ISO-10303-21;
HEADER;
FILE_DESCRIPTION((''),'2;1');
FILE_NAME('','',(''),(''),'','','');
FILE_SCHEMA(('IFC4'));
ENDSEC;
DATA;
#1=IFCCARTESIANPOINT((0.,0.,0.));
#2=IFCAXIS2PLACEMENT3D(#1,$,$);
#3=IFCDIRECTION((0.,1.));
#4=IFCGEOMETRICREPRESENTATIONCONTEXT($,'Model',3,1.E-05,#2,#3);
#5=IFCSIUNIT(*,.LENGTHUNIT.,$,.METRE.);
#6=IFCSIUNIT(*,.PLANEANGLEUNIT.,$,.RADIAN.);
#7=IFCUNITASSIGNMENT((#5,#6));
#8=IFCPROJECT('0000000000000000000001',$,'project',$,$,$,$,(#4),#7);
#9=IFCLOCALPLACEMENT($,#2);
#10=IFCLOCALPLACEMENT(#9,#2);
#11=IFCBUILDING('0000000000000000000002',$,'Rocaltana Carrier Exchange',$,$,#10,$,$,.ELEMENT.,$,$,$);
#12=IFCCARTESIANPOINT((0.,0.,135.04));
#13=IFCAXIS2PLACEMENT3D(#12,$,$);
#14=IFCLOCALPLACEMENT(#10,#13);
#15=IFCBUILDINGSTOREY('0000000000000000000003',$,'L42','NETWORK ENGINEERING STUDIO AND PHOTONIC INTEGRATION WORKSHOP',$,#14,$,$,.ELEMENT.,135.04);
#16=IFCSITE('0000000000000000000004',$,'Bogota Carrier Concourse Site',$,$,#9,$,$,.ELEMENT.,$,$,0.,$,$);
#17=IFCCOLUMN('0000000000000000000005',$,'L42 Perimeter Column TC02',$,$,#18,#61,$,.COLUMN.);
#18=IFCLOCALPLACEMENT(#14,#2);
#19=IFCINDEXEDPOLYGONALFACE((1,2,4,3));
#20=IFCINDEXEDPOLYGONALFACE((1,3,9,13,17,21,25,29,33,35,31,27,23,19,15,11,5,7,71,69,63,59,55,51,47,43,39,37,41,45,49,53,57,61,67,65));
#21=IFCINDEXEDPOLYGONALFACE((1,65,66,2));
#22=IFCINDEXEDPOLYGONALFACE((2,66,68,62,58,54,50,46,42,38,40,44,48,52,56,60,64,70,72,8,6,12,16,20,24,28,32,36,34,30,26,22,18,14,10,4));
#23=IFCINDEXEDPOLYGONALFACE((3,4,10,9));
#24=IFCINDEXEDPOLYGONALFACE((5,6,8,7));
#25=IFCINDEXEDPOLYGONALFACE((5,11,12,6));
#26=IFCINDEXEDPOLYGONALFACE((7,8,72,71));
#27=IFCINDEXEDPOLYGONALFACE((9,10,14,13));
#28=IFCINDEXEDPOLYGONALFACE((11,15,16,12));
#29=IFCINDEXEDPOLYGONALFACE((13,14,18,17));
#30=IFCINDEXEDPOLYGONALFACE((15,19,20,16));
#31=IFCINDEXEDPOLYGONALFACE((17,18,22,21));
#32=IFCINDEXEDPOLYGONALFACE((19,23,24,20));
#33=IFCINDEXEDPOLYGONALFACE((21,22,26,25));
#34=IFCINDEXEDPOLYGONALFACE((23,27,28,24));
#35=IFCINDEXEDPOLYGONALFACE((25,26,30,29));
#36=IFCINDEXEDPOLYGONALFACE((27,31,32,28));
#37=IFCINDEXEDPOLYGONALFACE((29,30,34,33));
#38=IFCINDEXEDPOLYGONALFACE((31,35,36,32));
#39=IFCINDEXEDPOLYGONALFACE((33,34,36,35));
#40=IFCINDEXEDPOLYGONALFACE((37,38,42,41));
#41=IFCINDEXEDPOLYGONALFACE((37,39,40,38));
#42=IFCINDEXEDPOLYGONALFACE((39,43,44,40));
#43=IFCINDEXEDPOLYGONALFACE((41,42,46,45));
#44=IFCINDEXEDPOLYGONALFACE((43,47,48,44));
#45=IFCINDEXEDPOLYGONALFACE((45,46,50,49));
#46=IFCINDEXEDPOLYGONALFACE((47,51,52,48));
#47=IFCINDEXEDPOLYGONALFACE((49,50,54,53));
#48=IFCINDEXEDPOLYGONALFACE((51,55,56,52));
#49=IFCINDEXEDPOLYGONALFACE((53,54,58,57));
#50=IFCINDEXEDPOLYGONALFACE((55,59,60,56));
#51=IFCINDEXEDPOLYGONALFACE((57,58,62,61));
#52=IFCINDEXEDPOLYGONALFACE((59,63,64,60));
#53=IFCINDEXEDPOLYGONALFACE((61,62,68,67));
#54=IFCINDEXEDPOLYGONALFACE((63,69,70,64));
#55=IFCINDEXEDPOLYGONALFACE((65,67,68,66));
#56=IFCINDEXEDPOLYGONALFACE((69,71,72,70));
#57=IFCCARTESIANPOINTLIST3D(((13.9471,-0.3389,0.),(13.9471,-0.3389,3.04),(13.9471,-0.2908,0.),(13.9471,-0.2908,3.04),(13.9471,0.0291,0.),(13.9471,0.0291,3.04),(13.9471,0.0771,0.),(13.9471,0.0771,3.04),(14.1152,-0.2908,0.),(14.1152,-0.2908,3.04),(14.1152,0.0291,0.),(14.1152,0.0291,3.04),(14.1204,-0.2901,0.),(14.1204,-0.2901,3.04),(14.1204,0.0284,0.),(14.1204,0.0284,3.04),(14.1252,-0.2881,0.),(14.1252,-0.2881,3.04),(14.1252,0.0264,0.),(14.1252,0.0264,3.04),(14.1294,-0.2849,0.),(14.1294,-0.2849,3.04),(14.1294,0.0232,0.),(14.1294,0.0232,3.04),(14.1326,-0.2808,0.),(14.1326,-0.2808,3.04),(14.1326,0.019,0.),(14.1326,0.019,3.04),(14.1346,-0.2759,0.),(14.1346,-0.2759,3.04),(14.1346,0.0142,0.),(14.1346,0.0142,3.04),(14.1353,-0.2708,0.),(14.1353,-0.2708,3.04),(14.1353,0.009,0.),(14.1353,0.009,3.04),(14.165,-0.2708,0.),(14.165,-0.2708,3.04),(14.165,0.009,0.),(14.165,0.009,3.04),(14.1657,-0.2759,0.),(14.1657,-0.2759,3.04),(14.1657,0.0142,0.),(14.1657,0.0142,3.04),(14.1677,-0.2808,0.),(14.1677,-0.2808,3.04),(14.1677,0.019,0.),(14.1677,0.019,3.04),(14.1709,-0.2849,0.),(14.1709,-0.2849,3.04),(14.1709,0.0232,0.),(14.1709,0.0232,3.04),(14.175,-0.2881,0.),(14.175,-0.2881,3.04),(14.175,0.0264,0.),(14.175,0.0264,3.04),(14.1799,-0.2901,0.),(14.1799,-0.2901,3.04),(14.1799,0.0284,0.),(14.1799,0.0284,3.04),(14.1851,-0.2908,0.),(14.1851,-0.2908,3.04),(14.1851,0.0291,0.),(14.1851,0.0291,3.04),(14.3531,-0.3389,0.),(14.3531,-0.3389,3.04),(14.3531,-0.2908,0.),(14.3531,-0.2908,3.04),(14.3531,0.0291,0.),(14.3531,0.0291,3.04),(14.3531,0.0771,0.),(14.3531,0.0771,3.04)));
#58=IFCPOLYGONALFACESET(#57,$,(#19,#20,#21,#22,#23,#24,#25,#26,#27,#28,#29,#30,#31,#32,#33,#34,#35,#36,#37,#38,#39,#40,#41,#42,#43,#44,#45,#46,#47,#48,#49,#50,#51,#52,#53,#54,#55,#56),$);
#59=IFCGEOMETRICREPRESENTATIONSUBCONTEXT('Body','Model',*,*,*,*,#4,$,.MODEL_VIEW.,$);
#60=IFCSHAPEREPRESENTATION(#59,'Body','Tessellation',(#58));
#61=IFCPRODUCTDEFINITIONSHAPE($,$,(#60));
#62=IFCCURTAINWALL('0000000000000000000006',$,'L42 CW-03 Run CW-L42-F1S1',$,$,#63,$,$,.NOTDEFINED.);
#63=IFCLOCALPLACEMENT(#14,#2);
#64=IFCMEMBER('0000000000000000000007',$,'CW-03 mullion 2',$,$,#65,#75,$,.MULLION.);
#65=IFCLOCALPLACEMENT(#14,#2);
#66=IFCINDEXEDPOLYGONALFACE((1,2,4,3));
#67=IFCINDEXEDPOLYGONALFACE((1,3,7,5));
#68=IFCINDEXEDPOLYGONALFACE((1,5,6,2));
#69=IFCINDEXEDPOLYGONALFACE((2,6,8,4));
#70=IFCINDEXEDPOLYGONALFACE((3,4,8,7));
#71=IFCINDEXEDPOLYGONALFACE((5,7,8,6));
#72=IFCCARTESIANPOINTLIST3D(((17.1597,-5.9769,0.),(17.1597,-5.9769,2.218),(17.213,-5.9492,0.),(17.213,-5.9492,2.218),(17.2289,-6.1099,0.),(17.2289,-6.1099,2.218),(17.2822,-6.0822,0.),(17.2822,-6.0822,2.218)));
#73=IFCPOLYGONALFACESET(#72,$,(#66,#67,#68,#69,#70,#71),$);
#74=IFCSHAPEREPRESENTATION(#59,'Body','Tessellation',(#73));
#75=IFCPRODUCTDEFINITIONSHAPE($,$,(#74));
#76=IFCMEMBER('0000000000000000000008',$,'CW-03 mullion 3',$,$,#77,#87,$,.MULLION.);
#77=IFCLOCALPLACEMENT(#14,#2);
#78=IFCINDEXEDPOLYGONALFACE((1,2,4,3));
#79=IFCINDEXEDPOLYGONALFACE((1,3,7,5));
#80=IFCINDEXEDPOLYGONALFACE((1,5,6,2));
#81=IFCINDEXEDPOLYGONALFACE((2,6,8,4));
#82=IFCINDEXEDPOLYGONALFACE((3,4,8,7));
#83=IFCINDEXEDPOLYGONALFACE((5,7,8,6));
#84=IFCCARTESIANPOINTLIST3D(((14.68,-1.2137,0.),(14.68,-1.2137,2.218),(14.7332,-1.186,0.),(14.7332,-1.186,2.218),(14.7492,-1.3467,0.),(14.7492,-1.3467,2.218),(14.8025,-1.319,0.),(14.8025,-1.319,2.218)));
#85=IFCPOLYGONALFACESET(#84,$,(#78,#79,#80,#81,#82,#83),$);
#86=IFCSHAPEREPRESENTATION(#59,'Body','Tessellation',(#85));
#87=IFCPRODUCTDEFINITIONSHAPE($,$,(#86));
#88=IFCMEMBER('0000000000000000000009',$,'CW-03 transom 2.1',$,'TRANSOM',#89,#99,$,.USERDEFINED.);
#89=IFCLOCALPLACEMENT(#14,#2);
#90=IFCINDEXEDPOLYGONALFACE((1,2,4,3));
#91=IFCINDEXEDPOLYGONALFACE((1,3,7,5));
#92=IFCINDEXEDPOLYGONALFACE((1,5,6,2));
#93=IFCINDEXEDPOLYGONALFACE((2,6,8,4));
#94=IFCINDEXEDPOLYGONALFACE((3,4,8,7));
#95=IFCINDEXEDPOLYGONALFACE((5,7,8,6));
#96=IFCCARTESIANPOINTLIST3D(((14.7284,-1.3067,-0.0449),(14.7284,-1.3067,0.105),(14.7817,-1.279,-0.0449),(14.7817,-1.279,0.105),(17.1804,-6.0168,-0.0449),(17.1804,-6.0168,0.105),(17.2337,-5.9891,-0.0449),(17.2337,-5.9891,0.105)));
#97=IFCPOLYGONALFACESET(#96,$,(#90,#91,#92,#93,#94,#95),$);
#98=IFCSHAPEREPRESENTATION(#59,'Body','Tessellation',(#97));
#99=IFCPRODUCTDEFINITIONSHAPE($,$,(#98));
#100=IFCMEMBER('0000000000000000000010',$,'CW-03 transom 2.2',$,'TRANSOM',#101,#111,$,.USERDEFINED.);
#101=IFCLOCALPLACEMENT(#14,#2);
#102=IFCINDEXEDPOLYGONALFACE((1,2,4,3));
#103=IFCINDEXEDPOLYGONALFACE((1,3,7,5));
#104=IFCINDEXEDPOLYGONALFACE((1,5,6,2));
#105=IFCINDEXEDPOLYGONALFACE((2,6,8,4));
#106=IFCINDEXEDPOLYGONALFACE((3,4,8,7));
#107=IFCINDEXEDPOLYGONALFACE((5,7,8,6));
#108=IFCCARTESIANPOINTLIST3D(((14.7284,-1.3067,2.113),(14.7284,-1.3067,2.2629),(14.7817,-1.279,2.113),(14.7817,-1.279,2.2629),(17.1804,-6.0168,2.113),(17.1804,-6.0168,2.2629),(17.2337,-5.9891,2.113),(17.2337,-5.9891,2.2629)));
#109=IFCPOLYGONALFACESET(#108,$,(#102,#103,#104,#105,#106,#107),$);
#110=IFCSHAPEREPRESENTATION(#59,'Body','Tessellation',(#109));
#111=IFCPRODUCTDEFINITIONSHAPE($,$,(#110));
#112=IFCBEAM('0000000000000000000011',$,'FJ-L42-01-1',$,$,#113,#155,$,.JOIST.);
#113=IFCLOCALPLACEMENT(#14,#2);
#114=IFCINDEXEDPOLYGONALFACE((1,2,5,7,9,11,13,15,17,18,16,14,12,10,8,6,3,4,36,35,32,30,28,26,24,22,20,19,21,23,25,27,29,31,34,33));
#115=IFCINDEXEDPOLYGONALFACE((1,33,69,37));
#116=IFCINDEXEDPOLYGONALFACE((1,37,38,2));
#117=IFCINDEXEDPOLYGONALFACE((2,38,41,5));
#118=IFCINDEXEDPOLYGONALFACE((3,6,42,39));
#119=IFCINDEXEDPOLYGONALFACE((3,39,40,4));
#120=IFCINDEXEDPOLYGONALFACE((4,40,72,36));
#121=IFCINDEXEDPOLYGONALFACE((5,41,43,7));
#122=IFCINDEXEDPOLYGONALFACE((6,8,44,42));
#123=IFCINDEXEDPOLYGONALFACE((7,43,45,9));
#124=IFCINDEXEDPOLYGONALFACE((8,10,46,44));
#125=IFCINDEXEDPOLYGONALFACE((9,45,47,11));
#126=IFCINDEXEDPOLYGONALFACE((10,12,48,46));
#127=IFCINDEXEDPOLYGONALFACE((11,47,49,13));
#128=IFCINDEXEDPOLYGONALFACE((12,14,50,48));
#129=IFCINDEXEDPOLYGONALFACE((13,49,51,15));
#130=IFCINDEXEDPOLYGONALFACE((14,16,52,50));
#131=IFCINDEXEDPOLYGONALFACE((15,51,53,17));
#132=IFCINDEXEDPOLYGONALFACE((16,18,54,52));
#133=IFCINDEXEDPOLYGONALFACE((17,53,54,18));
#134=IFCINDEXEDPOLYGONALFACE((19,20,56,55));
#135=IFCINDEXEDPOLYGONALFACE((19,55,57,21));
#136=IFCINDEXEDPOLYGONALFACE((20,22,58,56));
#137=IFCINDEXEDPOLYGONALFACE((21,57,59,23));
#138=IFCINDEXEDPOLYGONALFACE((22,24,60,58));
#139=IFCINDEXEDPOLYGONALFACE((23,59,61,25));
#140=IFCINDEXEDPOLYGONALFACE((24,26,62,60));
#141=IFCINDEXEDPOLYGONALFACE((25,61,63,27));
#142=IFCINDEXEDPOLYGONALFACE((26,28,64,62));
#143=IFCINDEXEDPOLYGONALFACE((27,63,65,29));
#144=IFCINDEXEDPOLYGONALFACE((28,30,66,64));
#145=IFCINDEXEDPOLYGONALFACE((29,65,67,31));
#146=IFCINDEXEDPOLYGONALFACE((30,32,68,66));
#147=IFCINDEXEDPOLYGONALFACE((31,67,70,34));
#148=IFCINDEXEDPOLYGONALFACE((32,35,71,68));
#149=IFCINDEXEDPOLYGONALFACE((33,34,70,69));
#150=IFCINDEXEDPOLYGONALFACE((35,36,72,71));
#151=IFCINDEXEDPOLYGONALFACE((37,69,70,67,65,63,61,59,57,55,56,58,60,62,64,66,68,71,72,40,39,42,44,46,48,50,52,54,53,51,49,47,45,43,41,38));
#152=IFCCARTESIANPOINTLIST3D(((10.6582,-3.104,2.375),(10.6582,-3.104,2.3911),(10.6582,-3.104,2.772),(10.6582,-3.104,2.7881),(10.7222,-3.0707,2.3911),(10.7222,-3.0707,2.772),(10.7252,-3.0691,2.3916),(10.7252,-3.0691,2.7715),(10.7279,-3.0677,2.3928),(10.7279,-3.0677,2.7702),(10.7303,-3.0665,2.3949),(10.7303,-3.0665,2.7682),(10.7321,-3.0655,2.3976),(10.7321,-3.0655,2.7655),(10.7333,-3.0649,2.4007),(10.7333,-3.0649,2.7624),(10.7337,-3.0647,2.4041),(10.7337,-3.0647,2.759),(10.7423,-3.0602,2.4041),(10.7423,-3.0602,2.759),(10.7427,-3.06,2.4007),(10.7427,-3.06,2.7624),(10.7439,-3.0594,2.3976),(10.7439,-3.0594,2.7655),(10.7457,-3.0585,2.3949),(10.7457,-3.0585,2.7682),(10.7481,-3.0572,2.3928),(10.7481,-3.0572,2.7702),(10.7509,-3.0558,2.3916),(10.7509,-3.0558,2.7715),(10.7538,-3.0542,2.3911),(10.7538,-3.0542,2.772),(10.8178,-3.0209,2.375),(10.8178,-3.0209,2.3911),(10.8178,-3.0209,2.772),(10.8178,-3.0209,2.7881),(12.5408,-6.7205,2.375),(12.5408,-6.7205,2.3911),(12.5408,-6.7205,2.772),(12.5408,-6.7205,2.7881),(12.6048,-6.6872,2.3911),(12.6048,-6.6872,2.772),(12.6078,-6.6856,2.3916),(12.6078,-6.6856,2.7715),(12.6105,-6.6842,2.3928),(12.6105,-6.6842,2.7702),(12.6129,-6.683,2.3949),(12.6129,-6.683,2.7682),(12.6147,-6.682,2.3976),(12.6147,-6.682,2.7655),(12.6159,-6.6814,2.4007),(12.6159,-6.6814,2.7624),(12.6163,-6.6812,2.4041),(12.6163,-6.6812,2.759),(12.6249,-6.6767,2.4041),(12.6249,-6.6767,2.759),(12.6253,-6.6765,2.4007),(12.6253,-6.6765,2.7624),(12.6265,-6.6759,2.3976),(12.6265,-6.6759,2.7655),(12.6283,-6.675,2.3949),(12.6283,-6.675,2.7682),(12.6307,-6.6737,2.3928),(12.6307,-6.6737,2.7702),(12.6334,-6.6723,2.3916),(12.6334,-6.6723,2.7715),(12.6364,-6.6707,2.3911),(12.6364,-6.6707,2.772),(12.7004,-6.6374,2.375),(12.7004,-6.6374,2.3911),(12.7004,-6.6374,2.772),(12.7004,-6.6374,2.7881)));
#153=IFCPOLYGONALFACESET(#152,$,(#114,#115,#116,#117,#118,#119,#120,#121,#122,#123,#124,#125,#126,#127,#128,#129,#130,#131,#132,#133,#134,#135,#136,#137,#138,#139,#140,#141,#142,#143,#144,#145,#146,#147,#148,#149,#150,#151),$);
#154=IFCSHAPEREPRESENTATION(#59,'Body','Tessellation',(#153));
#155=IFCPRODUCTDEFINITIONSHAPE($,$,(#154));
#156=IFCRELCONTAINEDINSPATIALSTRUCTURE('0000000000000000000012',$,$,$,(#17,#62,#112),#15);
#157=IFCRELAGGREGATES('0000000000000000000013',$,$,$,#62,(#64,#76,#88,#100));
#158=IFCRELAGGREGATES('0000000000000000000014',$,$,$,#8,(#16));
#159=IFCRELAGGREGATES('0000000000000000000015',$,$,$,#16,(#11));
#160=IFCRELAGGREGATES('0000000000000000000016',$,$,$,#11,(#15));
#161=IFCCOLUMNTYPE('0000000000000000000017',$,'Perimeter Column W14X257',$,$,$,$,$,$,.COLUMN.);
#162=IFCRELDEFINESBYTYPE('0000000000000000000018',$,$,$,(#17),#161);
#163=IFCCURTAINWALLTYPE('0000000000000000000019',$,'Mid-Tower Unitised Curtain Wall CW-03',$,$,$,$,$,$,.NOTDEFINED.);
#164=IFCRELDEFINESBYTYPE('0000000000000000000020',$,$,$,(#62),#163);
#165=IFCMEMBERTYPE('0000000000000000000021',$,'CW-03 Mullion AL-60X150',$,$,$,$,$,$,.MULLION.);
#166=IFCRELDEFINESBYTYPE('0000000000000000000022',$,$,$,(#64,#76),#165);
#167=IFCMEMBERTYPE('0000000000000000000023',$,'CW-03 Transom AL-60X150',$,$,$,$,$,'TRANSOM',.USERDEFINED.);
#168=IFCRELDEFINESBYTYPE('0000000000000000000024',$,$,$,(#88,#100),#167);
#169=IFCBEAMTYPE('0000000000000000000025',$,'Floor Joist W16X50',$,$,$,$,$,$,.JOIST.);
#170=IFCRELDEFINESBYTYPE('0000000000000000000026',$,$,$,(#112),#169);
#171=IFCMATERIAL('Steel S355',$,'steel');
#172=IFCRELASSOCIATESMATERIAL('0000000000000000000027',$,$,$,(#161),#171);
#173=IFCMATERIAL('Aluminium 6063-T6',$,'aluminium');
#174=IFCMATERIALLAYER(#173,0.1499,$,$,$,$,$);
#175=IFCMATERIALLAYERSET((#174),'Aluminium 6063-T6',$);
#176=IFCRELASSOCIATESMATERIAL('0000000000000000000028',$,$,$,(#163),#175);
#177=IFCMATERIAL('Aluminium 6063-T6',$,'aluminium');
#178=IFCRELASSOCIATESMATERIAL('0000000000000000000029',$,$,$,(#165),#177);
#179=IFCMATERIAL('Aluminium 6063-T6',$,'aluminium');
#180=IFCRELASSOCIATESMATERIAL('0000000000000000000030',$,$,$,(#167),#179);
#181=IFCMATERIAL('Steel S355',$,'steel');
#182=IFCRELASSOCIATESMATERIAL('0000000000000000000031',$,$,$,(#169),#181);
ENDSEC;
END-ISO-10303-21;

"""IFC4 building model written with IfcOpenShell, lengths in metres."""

from ifc_helpers import new_model, si_unit, direction, frame, origin, origin_2d, place, context, subcontext, project, spatial, rectangle, i_section, extrude, material, layer, layer_set, material_profile, profile_set, type_object, element, aggregate, save


model = new_model("IFC4")

# Units and contexts
model_context = context("Model", 3, precision=1e-05, world=origin(), true_north=direction((0.0, 1.0)))
body_context = subcontext(model_context, "Body", "Model", "MODEL_VIEW")
ifc_project = project(units=[si_unit("LENGTHUNIT", "METRE"), si_unit("PLANEANGLEUNIT", "RADIAN")], contexts=[model_context])

# Site, building, storey
site_placement = place(None, origin())
site = spatial("IfcSite", under=ifc_project, at=site_placement, Name="Bogota Carrier Concourse Site", CompositionType="ELEMENT", RefElevation=0.0)
building_placement = place(site_placement, origin())
building = spatial("IfcBuilding", under=site, at=building_placement, Name="Rocaltana Carrier Exchange", CompositionType="ELEMENT")
storey_placement = place(building_placement, frame((0.0, 0.0, 135.04)))
storey = spatial("IfcBuildingStorey", under=building, at=storey_placement, Name="L42", Description="NETWORK ENGINEERING STUDIO AND PHOTONIC INTEGRATION WORKSHOP", CompositionType="ELEMENT", Elevation=135.04)

# Column
ifc_material_1 = material(Name="Steel S355", Category="steel")
ifc_material_profile_1 = material_profile(ifc_material_1, i_section(OverallWidth=0.406, OverallDepth=0.416, WebThickness=0.0298, FlangeThickness=0.0481, FilletRadius=0.02, at=origin_2d()), Name="W14X257")
ifc_profile_set_1 = profile_set([ifc_material_profile_1], Name="Steel S355")
column_type = type_object("IfcColumnType", Name="Perimeter Column W14X257", PredefinedType="COLUMN", material=ifc_profile_set_1)
column_placement = place(storey_placement, frame((14.1501, -0.1309, 0.0), z_axis=(0.0, 0.0, 1.0), x_axis=(1.0, 0.0, 0.0)))
element("IfcColumn", 1, at=column_placement, inside=storey, type_object=column_type, Name="L42 Perimeter Column TC02", PredefinedType="COLUMN", context=body_context, shape_type="SweptSolid", body=[
    extrude(i_section(OverallWidth=0.406, OverallDepth=0.416, WebThickness=0.0298, FlangeThickness=0.0481, FilletRadius=0.02, at=origin_2d()), origin(), (0.0, 0.0, 1.0), 3.04),
])

# Curtain wall, members
ifc_material_2 = material(Name="Aluminium 6063-T6", Category="aluminium")
ifc_layer_1 = layer(ifc_material_2, 0.1499)
ifc_layer_set_1 = layer_set([ifc_layer_1], Name="Aluminium 6063-T6")
curtain_wall_type = type_object("IfcCurtainWallType", Name="Mid-Tower Unitised Curtain Wall CW-03", PredefinedType="NOTDEFINED", material=ifc_layer_set_1)
curtain_wall_placement = place(storey_placement, origin())
curtain_wall = element("IfcCurtainWall", 2, at=curtain_wall_placement, inside=storey, type_object=curtain_wall_type, Name="L42 CW-03 Run CW-L42-F1S1", PredefinedType="NOTDEFINED")
ifc_material_3 = material(Name="Aluminium 6063-T6", Category="aluminium")
ifc_material_profile_2 = material_profile(ifc_material_3, rectangle(XDim=0.0601, YDim=0.1499, at=origin_2d()), Name="AL-60X150")
ifc_profile_set_2 = profile_set([ifc_material_profile_2], Name="Aluminium 6063-T6")
member_type_1 = type_object("IfcMemberType", Name="CW-03 Mullion AL-60X150", PredefinedType="MULLION", material=ifc_profile_set_2)
member_1_placement = place(storey_placement, frame((17.2209, -6.0295, 0.0), z_axis=(0.0, 0.0, 1.0), x_axis=(-0.88701, -0.46175, 0.0)))
member_1 = element("IfcMember", 3, at=member_1_placement, type_object=member_type_1, Name="CW-03 mullion 2", PredefinedType="MULLION", context=body_context, shape_type="SweptSolid", body=[
    extrude(rectangle(XDim=0.0601, YDim=0.1499, at=origin_2d()), origin(), (0.0, 0.0, 1.0), 2.218),
])
member_2_placement = place(storey_placement, frame((14.7412, -1.2664, 0.0), z_axis=(0.0, 0.0, 1.0), x_axis=(-0.88701, -0.46175, 0.0)))
member_2 = element("IfcMember", 4, at=member_2_placement, type_object=member_type_1, Name="CW-03 mullion 3", PredefinedType="MULLION", context=body_context, shape_type="SweptSolid", body=[
    extrude(rectangle(XDim=0.0601, YDim=0.1499, at=origin_2d()), origin(), (0.0, 0.0, 1.0), 2.218),
])
ifc_material_4 = material(Name="Aluminium 6063-T6", Category="aluminium")
ifc_material_profile_3 = material_profile(ifc_material_4, rectangle(XDim=0.0601, YDim=0.1499, at=origin_2d()), Name="AL-60X150")
ifc_profile_set_3 = profile_set([ifc_material_profile_3], Name="Aluminium 6063-T6")
member_type_2 = type_object("IfcMemberType", Name="CW-03 Transom AL-60X150", ElementType="TRANSOM", PredefinedType="USERDEFINED", material=ifc_profile_set_3)
member_3_placement = place(storey_placement, frame((17.207, -6.0029, 0.03), z_axis=(-0.461757, 0.887007, 0.0), x_axis=(-0.887007, -0.461757, 0.0)))
member_3 = element("IfcMember", 5, at=member_3_placement, type_object=member_type_2, Name="CW-03 transom 2.1", ObjectType="TRANSOM", PredefinedType="USERDEFINED", context=body_context, shape_type="SweptSolid", body=[
    extrude(rectangle(XDim=0.0601, YDim=0.1499, at=origin_2d()), origin(), (0.0, 0.0, 1.0), 5.3101),
])
member_4_placement = place(storey_placement, frame((17.207, -6.0029, 2.188), z_axis=(-0.461757, 0.887007, 0.0), x_axis=(-0.887007, -0.461757, 0.0)))
member_4 = element("IfcMember", 6, at=member_4_placement, type_object=member_type_2, Name="CW-03 transom 2.2", ObjectType="TRANSOM", PredefinedType="USERDEFINED", context=body_context, shape_type="SweptSolid", body=[
    extrude(rectangle(XDim=0.0601, YDim=0.1499, at=origin_2d()), origin(), (0.0, 0.0, 1.0), 5.3101),
])

# Beam
ifc_material_5 = material(Name="Steel S355", Category="steel")
ifc_material_profile_4 = material_profile(ifc_material_5, i_section(OverallWidth=0.1799, OverallDepth=0.4131, WebThickness=0.0098, FlangeThickness=0.0161, FilletRadius=0.0129, at=origin_2d()), Name="W16X50")
ifc_profile_set_4 = profile_set([ifc_material_profile_4], Name="Steel S355")
beam_type = type_object("IfcBeamType", Name="Floor Joist W16X50", PredefinedType="JOIST", material=ifc_profile_set_4)
beam_1_placement = place(storey_placement, frame((12.6206, -6.679, 2.5815), z_axis=(-0.461741, 0.887015, 0.0), x_axis=(-0.887015, -0.461741, 0.0)))
element("IfcBeam", 7, at=beam_1_placement, inside=storey, type_object=beam_type, Name="FJ-L42-01-1", PredefinedType="JOIST", context=body_context, shape_type="SweptSolid", body=[
    extrude(i_section(OverallWidth=0.1799, OverallDepth=0.4131, WebThickness=0.0098, FlangeThickness=0.0161, FilletRadius=0.0129, at=origin_2d()), origin(), (0.0, 0.0, 1.0), 4.0771),
])

aggregate(curtain_wall, [member_1, member_2, member_3, member_4])

save(model, "model.ifc")
